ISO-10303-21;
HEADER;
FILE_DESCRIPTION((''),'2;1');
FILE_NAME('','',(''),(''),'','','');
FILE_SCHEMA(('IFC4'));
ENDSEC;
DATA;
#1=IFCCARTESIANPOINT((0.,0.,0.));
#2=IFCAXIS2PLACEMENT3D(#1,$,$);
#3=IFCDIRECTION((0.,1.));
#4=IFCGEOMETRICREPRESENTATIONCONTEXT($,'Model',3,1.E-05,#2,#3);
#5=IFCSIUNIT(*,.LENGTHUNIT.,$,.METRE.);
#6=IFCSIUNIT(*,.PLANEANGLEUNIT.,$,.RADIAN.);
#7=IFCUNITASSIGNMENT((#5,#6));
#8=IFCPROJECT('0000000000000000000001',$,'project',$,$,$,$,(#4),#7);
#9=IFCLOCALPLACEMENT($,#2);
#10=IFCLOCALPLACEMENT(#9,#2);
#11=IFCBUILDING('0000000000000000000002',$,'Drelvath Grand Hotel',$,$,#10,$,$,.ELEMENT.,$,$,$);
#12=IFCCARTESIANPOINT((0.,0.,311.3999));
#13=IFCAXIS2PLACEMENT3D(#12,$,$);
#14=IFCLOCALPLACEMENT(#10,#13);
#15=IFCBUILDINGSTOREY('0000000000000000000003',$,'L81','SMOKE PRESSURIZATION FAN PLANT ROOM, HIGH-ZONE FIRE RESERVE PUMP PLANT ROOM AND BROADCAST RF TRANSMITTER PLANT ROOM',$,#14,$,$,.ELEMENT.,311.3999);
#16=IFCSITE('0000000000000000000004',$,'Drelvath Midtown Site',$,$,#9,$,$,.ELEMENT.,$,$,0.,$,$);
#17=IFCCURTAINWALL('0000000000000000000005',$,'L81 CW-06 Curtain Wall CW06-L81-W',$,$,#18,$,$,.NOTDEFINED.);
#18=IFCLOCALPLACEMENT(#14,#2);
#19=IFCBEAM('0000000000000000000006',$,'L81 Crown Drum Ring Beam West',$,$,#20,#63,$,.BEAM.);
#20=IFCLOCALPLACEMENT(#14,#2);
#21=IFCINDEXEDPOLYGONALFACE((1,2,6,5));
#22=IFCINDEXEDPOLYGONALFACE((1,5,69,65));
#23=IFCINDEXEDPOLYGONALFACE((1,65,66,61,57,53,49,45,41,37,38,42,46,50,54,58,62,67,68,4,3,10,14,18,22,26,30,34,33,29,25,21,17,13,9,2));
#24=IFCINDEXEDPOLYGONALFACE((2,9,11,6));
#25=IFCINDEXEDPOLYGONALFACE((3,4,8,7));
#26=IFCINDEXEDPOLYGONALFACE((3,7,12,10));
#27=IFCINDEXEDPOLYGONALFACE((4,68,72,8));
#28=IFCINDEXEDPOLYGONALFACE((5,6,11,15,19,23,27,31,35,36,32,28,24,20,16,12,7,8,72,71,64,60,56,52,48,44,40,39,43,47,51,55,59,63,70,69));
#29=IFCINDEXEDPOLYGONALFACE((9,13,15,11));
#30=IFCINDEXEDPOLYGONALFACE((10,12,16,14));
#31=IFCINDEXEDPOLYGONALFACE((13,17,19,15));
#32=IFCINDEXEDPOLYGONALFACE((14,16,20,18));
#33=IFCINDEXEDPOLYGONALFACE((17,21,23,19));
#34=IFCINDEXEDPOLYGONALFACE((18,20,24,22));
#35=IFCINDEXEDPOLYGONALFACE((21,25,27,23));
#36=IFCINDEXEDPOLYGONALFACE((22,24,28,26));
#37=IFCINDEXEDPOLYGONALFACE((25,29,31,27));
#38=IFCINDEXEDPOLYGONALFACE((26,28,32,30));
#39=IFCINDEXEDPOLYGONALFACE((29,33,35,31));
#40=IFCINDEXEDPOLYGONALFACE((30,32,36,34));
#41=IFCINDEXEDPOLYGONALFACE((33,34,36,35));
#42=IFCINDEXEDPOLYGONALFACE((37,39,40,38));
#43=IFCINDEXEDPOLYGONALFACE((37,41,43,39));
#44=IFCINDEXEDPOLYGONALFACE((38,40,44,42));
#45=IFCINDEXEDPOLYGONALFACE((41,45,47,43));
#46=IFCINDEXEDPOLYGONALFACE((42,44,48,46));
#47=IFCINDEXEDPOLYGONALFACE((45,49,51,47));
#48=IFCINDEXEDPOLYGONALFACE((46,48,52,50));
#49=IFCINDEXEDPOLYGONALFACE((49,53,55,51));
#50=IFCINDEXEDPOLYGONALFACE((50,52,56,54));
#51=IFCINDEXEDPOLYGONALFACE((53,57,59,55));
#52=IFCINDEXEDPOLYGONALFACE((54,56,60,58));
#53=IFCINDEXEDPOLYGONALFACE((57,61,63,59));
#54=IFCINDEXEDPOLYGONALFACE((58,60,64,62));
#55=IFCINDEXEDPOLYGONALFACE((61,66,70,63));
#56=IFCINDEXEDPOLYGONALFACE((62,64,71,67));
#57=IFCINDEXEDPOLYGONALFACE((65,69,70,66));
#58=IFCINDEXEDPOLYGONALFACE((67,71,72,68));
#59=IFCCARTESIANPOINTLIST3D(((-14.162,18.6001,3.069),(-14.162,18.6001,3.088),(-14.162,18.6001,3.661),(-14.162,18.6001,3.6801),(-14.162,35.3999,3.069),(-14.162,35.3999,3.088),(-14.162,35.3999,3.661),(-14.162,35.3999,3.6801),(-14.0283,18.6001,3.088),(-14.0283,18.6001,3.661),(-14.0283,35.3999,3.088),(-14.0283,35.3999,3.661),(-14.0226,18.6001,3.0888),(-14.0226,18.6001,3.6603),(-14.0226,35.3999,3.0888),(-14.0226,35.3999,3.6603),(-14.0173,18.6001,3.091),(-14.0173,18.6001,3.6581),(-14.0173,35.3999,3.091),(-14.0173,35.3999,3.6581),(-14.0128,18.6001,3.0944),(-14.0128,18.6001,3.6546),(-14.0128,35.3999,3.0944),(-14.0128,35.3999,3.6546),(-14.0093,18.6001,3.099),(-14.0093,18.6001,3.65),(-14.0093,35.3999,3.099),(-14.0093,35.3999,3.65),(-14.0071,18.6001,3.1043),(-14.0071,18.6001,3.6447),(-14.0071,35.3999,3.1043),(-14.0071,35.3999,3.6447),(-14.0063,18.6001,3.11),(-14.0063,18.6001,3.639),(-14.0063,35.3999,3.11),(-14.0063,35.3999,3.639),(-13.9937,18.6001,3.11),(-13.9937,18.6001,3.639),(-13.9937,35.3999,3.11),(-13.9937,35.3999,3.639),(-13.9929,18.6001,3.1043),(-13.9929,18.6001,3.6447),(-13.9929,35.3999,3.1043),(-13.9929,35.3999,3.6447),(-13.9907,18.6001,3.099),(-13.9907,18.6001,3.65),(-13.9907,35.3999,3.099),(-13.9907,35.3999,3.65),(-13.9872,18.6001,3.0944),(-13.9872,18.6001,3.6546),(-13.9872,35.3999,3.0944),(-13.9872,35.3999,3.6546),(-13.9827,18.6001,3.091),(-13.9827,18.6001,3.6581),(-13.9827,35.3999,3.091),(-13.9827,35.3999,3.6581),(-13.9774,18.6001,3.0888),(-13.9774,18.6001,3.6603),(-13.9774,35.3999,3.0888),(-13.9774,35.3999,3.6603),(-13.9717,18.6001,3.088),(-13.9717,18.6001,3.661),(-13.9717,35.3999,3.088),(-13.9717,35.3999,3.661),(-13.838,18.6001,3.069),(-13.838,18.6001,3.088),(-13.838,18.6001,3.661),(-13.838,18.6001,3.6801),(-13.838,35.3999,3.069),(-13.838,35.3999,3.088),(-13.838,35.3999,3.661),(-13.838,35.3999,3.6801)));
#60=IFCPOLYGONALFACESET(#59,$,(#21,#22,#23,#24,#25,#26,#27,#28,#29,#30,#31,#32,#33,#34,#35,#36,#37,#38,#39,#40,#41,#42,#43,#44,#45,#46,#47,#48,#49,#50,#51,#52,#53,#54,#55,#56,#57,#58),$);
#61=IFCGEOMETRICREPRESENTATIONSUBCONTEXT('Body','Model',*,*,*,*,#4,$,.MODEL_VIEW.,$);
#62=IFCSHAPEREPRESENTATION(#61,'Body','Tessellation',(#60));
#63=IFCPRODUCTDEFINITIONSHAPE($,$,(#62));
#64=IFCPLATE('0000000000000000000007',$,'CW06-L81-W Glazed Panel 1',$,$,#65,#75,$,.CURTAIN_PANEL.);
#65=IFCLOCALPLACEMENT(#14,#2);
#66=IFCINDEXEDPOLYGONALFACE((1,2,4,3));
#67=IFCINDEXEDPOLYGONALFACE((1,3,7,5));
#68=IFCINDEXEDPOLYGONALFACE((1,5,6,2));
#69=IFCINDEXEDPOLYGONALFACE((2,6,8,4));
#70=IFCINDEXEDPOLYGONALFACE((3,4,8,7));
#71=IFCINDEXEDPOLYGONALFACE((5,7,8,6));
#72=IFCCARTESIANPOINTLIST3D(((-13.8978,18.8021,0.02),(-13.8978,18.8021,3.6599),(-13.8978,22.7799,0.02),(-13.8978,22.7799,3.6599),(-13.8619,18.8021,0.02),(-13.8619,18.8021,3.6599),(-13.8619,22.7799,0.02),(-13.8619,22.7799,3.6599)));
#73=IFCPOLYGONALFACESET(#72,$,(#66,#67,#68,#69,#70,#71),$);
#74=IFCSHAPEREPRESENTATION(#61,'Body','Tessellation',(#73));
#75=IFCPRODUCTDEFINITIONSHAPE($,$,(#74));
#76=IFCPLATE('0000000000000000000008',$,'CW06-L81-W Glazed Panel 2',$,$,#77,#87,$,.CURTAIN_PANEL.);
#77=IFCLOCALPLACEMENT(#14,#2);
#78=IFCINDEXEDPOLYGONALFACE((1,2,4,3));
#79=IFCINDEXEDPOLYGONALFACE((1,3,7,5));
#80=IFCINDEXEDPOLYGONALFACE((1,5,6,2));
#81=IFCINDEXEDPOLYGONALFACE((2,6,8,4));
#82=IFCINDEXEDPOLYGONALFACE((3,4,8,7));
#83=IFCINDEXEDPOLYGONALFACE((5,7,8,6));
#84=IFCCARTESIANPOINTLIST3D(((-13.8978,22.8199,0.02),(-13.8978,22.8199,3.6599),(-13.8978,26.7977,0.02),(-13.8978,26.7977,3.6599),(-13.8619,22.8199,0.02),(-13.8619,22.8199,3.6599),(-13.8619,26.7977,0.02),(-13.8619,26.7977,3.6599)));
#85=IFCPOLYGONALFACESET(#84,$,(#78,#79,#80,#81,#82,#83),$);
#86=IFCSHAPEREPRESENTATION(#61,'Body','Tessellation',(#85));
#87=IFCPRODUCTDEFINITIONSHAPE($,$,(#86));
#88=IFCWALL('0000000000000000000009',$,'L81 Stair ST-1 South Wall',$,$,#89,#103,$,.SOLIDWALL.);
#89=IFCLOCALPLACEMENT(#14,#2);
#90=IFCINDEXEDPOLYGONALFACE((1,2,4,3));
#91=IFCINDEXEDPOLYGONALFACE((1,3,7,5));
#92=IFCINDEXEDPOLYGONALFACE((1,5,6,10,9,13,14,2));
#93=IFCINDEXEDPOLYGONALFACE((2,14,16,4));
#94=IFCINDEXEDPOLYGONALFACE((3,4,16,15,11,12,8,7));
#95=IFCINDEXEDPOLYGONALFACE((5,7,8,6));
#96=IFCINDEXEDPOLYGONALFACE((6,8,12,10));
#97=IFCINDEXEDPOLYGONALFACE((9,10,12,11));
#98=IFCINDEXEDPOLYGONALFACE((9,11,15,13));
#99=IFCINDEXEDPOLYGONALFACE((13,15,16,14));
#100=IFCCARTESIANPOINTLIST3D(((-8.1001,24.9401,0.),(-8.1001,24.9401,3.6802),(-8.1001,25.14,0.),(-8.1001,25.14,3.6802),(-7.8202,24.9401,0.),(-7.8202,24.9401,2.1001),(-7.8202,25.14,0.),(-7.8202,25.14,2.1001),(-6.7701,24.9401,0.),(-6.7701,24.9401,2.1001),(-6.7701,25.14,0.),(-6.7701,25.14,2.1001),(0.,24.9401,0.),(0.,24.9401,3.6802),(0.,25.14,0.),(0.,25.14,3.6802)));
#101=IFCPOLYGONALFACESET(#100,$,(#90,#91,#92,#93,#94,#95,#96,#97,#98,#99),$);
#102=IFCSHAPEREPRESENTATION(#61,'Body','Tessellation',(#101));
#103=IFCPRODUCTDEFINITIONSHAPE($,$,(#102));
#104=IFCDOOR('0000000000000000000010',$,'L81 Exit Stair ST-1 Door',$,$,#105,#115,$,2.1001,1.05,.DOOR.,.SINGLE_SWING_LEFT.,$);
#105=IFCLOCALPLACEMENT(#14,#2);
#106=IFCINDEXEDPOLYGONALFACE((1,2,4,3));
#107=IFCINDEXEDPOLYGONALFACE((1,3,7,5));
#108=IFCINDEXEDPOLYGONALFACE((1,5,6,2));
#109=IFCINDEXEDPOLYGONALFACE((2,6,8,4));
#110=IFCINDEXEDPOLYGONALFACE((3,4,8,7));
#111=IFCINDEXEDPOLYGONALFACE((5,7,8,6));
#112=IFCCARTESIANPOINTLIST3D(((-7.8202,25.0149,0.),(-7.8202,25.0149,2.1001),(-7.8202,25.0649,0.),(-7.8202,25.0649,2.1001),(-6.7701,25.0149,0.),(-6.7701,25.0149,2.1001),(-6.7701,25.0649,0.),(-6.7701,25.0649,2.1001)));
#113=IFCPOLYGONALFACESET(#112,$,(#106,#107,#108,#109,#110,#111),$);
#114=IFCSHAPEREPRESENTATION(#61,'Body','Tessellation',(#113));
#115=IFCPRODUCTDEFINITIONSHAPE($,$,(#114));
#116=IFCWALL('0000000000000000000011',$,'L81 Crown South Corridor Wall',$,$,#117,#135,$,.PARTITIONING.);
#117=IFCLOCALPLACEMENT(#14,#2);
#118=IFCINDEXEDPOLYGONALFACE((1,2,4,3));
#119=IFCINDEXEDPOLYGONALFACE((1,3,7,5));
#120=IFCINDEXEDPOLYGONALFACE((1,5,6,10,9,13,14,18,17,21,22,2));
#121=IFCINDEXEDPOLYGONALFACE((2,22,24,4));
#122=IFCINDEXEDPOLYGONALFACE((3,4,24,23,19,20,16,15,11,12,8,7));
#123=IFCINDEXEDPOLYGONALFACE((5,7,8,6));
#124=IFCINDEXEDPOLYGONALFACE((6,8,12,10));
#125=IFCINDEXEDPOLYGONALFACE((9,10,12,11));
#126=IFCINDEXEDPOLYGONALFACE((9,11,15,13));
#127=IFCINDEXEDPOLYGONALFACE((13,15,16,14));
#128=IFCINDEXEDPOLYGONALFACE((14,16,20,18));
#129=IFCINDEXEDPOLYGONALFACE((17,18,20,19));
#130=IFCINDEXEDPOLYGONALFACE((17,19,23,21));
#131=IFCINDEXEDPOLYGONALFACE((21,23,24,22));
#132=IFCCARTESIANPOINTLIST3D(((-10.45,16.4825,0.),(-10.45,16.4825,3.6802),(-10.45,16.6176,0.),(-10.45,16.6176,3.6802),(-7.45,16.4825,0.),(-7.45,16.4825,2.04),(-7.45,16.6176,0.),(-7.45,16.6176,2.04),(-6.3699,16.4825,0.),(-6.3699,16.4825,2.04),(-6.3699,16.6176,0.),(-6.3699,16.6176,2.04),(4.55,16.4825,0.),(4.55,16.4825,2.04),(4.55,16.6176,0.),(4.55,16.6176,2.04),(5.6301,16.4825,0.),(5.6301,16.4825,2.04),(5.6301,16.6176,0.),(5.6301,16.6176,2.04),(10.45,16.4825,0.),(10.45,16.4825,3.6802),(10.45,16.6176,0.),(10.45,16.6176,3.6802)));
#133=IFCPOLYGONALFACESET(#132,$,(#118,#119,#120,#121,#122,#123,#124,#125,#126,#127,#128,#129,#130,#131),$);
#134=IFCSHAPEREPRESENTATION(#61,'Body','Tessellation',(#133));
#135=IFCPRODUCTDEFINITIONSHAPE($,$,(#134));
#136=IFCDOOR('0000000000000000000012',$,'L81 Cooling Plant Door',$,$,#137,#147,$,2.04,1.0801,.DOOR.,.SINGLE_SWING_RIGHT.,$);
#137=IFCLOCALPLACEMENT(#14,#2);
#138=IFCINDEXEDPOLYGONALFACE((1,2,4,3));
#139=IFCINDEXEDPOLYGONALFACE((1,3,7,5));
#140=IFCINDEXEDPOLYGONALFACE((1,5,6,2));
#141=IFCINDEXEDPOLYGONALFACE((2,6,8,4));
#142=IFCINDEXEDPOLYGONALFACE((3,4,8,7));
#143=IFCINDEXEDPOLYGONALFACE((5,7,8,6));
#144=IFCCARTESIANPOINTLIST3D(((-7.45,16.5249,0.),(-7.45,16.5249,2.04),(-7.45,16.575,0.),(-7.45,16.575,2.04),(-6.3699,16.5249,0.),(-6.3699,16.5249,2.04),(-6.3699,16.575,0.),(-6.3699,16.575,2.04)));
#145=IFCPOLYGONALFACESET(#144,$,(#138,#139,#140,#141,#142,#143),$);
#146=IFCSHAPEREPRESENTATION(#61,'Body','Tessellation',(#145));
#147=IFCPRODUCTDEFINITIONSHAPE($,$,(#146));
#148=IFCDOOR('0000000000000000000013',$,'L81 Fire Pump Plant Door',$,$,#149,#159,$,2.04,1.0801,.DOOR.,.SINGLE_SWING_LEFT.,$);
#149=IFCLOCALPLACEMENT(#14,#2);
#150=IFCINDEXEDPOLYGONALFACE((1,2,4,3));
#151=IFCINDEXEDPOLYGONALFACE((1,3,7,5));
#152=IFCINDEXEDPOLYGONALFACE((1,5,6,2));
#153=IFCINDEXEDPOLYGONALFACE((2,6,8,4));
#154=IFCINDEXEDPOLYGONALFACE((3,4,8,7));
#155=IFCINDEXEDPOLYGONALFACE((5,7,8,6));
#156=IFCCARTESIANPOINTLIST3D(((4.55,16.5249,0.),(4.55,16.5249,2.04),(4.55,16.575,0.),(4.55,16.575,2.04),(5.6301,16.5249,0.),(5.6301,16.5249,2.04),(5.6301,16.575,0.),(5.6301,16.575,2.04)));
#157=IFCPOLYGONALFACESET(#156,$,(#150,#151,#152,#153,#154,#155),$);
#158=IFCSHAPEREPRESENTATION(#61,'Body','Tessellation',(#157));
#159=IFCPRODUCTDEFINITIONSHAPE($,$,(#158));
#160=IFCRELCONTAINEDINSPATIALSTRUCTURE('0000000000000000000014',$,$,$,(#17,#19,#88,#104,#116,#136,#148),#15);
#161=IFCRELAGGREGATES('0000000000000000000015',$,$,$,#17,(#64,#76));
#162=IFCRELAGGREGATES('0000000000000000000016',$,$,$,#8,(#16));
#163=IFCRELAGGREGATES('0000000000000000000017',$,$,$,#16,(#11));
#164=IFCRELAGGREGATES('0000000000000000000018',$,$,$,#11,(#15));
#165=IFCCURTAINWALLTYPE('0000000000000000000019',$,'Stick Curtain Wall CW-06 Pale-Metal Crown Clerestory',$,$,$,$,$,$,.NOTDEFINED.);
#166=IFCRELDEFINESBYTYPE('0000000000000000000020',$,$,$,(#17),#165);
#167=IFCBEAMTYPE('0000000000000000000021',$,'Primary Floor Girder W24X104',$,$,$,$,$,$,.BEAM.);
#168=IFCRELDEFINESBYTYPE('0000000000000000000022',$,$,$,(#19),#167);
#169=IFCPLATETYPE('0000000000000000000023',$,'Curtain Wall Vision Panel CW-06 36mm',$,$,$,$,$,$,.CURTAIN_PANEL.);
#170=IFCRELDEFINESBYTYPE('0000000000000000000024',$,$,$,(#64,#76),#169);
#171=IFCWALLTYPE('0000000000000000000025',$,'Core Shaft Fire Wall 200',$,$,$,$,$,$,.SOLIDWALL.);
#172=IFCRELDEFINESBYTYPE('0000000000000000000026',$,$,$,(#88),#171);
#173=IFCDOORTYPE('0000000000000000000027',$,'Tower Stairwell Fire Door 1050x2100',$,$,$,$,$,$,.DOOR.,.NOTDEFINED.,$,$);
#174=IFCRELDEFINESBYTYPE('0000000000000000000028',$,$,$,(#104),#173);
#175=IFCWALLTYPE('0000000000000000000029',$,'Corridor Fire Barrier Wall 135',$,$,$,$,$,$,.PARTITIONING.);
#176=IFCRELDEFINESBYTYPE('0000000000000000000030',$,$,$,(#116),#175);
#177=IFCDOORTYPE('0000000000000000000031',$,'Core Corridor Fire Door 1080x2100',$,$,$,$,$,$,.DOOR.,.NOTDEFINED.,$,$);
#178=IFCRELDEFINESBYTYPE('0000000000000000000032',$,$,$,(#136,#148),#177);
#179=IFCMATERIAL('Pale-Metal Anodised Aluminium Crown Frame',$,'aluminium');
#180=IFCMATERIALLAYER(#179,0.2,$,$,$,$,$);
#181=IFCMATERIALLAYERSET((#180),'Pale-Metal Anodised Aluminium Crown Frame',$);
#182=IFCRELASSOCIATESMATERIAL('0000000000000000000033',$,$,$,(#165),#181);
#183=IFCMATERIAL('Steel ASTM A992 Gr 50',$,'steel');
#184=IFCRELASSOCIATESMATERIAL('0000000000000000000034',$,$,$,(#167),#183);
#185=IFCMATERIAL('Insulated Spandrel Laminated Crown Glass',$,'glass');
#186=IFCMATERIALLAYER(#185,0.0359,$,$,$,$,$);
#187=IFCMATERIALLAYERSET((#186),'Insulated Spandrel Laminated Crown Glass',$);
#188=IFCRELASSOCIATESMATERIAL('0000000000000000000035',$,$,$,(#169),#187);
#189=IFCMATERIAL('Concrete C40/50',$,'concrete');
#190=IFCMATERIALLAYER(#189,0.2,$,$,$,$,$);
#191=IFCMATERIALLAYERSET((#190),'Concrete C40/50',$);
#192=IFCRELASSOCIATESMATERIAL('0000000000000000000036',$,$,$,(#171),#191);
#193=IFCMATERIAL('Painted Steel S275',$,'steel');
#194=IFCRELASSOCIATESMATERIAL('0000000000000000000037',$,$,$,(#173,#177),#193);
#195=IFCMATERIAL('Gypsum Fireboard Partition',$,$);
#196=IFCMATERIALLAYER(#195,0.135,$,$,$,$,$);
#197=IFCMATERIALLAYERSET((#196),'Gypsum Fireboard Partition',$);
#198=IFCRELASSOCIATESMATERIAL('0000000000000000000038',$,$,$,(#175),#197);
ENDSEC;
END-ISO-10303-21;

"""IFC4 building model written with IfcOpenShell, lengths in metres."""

from ifc_helpers import new_model, si_unit, direction, frame, frame_2d, origin, origin_2d, place, context, subcontext, project, spatial, rectangle, i_section, extrude, material, layer, layer_set, material_profile, profile_set, type_object, element, fill, aggregate, save


model = new_model("IFC4")

# Units and contexts
model_context = context("Model", 3, precision=1e-05, world=origin(), true_north=direction((0.0, 1.0)))
body_context = subcontext(model_context, "Body", "Model", "MODEL_VIEW")
ifc_project = project(units=[si_unit("LENGTHUNIT", "METRE"), si_unit("PLANEANGLEUNIT", "RADIAN")], contexts=[model_context])

# Site, building, storey
site_placement = place(None, origin())
site = spatial("IfcSite", under=ifc_project, at=site_placement, Name="Drelvath Midtown Site", CompositionType="ELEMENT", RefElevation=0.0)
building_placement = place(site_placement, origin())
building = spatial("IfcBuilding", under=site, at=building_placement, Name="Drelvath Grand Hotel", CompositionType="ELEMENT")
storey_placement = place(building_placement, frame((0.0, 0.0, 311.3999)))
storey = spatial("IfcBuildingStorey", under=building, at=storey_placement, Name="L81", Description="SMOKE PRESSURIZATION FAN PLANT ROOM, HIGH-ZONE FIRE RESERVE PUMP PLANT ROOM AND BROADCAST RF TRANSMITTER PLANT ROOM", CompositionType="ELEMENT", Elevation=311.3999)

# Curtain wall
ifc_material_1 = material(Name="Pale-Metal Anodised Aluminium Crown Frame", Category="aluminium")
ifc_layer_1 = layer(ifc_material_1, 0.2)
ifc_layer_set_1 = layer_set([ifc_layer_1], Name="Pale-Metal Anodised Aluminium Crown Frame")
curtain_wall_type = type_object("IfcCurtainWallType", Name="Stick Curtain Wall CW-06 Pale-Metal Crown Clerestory", PredefinedType="NOTDEFINED", material=ifc_layer_set_1)
curtain_wall_placement = place(storey_placement, origin())
curtain_wall = element("IfcCurtainWall", 1, at=curtain_wall_placement, inside=storey, type_object=curtain_wall_type, Name="L81 CW-06 Curtain Wall CW06-L81-W", PredefinedType="NOTDEFINED")

# Beam
ifc_material_2 = material(Name="Steel ASTM A992 Gr 50", Category="steel")
ifc_material_profile_1 = material_profile(ifc_material_2, i_section(OverallWidth=0.324, OverallDepth=0.6111, WebThickness=0.0127, FlangeThickness=0.019, FilletRadius=0.022, at=origin_2d()), Name="W24X104")
ifc_profile_set_1 = profile_set([ifc_material_profile_1], Name="Steel ASTM A992 Gr 50")
beam_type_1 = type_object("IfcBeamType", Name="Primary Floor Girder W24X104", PredefinedType="BEAM", material=ifc_profile_set_1)
beam_1_placement = place(storey_placement, frame((-14.0, 18.6001, 3.3745), z_axis=(0.0, 1.0, 0.0), x_axis=(-1.0, 0.0, 0.0)))
element("IfcBeam", 2, at=beam_1_placement, inside=storey, type_object=beam_type_1, Name="L81 Crown Drum Ring Beam West", PredefinedType="BEAM", context=body_context, shape_type="SweptSolid", body=[
    extrude(i_section(OverallWidth=0.324, OverallDepth=0.6111, WebThickness=0.0127, FlangeThickness=0.019, FilletRadius=0.022, at=origin_2d()), origin(), (0.0, 0.0, 1.0), 16.7998),
])

# Plates
ifc_material_3 = material(Name="Insulated Spandrel Laminated Crown Glass", Category="glass")
ifc_layer_2 = layer(ifc_material_3, 0.0359)
ifc_layer_set_2 = layer_set([ifc_layer_2], Name="Insulated Spandrel Laminated Crown Glass")
plate_type = type_object("IfcPlateType", Name="Curtain Wall Vision Panel CW-06 36mm", PredefinedType="CURTAIN_PANEL", material=ifc_layer_set_2)
plate_1_placement = place(storey_placement, frame((-13.8799, 20.791, 0.02), z_axis=(0.0, 0.0, 1.0), x_axis=(0.0, 1.0, 0.0)))
plate_1 = element("IfcPlate", 3, at=plate_1_placement, type_object=plate_type, Name="CW06-L81-W Glazed Panel 1", PredefinedType="CURTAIN_PANEL", context=body_context, shape_type="SweptSolid", body=[
    extrude(rectangle(XDim=3.9778, YDim=0.0359, at=origin_2d()), origin(), (0.0, 0.0, 1.0), 3.6399),
])
plate_2_placement = place(storey_placement, frame((-13.8799, 24.8088, 0.02), z_axis=(0.0, 0.0, 1.0), x_axis=(0.0, 1.0, 0.0)))
plate_2 = element("IfcPlate", 4, at=plate_2_placement, type_object=plate_type, Name="CW06-L81-W Glazed Panel 2", PredefinedType="CURTAIN_PANEL", context=body_context, shape_type="SweptSolid", body=[
    extrude(rectangle(XDim=3.9778, YDim=0.0359, at=origin_2d()), origin(), (0.0, 0.0, 1.0), 3.6399),
])
aggregate(curtain_wall, [plate_1, plate_2])

# Wall, opening, door
ifc_material_4 = material(Name="Concrete C40/50", Category="concrete")
ifc_layer_3 = layer(ifc_material_4, 0.2)
ifc_layer_set_3 = layer_set([ifc_layer_3], Name="Concrete C40/50")
wall_type_1 = type_object("IfcWallType", Name="Core Shaft Fire Wall 200", PredefinedType="SOLIDWALL", material=ifc_layer_set_3)
wall_1_placement = place(storey_placement, frame((-8.1001, 25.04, 0.0), z_axis=(0.0, 0.0, 1.0), x_axis=(1.0, 0.0, 0.0)))
wall_1 = element("IfcWall", 5, at=wall_1_placement, inside=storey, type_object=wall_type_1, Name="L81 Stair ST-1 South Wall", PredefinedType="SOLIDWALL", context=body_context, shape_type="SweptSolid", body=[
    extrude(rectangle(XDim=8.1001, YDim=0.2, at=frame_2d((4.05, 0.0))), origin(), (0.0, 0.0, 1.0), 3.6802),
])
opening_1_placement = place(wall_1_placement, frame((0.28, 0.0, 0.0)))
opening_1 = element("IfcOpeningElement", 6, at=opening_1_placement, cuts=wall_1, PredefinedType="OPENING", context=body_context, shape_type="SweptSolid", body=[
    extrude(rectangle(XDim=1.05, YDim=2.1001, at=frame_2d((0.5249, 1.05))), frame((0.0, 0.1099, 0.0), z_axis=(0.0, -1.0, 0.0), x_axis=(1.0, 0.0, 0.0)), (0.0, 0.0, 1.0), 0.22),
])
ifc_material_5 = material(Name="Painted Steel S275", Category="steel")
door_type_1 = type_object("IfcDoorType", Name="Tower Stairwell Fire Door 1050x2100", OperationType="NOTDEFINED", PredefinedType="DOOR", material=ifc_material_5)
door_1_placement = place(opening_1_placement, origin())
door_1 = element("IfcDoor", 7, at=door_1_placement, inside=storey, type_object=door_type_1, Name="L81 Exit Stair ST-1 Door", OperationType="SINGLE_SWING_LEFT", OverallHeight=2.1001, OverallWidth=1.05, PredefinedType="DOOR", context=body_context, shape_type="SweptSolid", body=[
    extrude(rectangle(XDim=1.05, YDim=2.1001, at=frame_2d((0.5249, 1.05))), frame((0.0, 0.0249, 0.0), z_axis=(0.0, -1.0, 0.0), x_axis=(1.0, 0.0, 0.0)), (0.0, 0.0, 1.0), 0.05),
])
fill(opening_1, door_1)

# Wall, openings, doors
ifc_material_6 = material(Name="Gypsum Fireboard Partition")
ifc_layer_4 = layer(ifc_material_6, 0.135)
ifc_layer_set_4 = layer_set([ifc_layer_4], Name="Gypsum Fireboard Partition")
wall_type_2 = type_object("IfcWallType", Name="Corridor Fire Barrier Wall 135", PredefinedType="PARTITIONING", material=ifc_layer_set_4)
wall_2_placement = place(storey_placement, frame((-10.45, 16.55, 0.0), z_axis=(0.0, 0.0, 1.0), x_axis=(1.0, 0.0, 0.0)))
wall_2 = element("IfcWall", 8, at=wall_2_placement, inside=storey, type_object=wall_type_2, Name="L81 Crown South Corridor Wall", PredefinedType="PARTITIONING", context=body_context, shape_type="SweptSolid", body=[
    extrude(rectangle(XDim=20.8999, YDim=0.135, at=frame_2d((10.45, 0.0))), origin(), (0.0, 0.0, 1.0), 3.6802),
])
opening_2_placement = place(wall_2_placement, frame((3.0, 0.0, 0.0)))
opening_2 = element("IfcOpeningElement", 9, at=opening_2_placement, cuts=wall_2, PredefinedType="OPENING", context=body_context, shape_type="SweptSolid", body=[
    extrude(rectangle(XDim=1.0801, YDim=2.04, at=frame_2d((0.54, 1.02))), frame((0.0, 0.0774, 0.0), z_axis=(0.0, -1.0, 0.0), x_axis=(1.0, 0.0, 0.0)), (0.0, 0.0, 1.0), 0.155),
])
opening_3_placement = place(wall_2_placement, frame((15.0, 0.0, 0.0)))
opening_3 = element("IfcOpeningElement", 10, at=opening_3_placement, cuts=wall_2, PredefinedType="OPENING", context=body_context, shape_type="SweptSolid", body=[
    extrude(rectangle(XDim=1.0801, YDim=2.04, at=frame_2d((0.54, 1.02))), frame((0.0, 0.0774, 0.0), z_axis=(0.0, -1.0, 0.0), x_axis=(1.0, 0.0, 0.0)), (0.0, 0.0, 1.0), 0.155),
])
door_type_2 = type_object("IfcDoorType", Name="Core Corridor Fire Door 1080x2100", OperationType="NOTDEFINED", PredefinedType="DOOR", material=ifc_material_5)
door_2_placement = place(opening_2_placement, origin())
door_2 = element("IfcDoor", 11, at=door_2_placement, inside=storey, type_object=door_type_2, Name="L81 Cooling Plant Door", OperationType="SINGLE_SWING_RIGHT", OverallHeight=2.04, OverallWidth=1.0801, PredefinedType="DOOR", context=body_context, shape_type="SweptSolid", body=[
    extrude(rectangle(XDim=1.0801, YDim=2.04, at=frame_2d((0.54, 1.02))), frame((0.0, 0.0249, 0.0), z_axis=(0.0, -1.0, 0.0), x_axis=(1.0, 0.0, 0.0)), (0.0, 0.0, 1.0), 0.05),
])
fill(opening_2, door_2)
door_3_placement = place(opening_3_placement, origin())
door_3 = element("IfcDoor", 12, at=door_3_placement, inside=storey, type_object=door_type_2, Name="L81 Fire Pump Plant Door", OperationType="SINGLE_SWING_LEFT", OverallHeight=2.04, OverallWidth=1.0801, PredefinedType="DOOR", context=body_context, shape_type="SweptSolid", body=[
    extrude(rectangle(XDim=1.0801, YDim=2.04, at=frame_2d((0.54, 1.02))), frame((0.0, 0.0249, 0.0), z_axis=(0.0, -1.0, 0.0), x_axis=(1.0, 0.0, 0.0)), (0.0, 0.0, 1.0), 0.05),
])
fill(opening_3, door_3)

save(model, "model.ifc")
